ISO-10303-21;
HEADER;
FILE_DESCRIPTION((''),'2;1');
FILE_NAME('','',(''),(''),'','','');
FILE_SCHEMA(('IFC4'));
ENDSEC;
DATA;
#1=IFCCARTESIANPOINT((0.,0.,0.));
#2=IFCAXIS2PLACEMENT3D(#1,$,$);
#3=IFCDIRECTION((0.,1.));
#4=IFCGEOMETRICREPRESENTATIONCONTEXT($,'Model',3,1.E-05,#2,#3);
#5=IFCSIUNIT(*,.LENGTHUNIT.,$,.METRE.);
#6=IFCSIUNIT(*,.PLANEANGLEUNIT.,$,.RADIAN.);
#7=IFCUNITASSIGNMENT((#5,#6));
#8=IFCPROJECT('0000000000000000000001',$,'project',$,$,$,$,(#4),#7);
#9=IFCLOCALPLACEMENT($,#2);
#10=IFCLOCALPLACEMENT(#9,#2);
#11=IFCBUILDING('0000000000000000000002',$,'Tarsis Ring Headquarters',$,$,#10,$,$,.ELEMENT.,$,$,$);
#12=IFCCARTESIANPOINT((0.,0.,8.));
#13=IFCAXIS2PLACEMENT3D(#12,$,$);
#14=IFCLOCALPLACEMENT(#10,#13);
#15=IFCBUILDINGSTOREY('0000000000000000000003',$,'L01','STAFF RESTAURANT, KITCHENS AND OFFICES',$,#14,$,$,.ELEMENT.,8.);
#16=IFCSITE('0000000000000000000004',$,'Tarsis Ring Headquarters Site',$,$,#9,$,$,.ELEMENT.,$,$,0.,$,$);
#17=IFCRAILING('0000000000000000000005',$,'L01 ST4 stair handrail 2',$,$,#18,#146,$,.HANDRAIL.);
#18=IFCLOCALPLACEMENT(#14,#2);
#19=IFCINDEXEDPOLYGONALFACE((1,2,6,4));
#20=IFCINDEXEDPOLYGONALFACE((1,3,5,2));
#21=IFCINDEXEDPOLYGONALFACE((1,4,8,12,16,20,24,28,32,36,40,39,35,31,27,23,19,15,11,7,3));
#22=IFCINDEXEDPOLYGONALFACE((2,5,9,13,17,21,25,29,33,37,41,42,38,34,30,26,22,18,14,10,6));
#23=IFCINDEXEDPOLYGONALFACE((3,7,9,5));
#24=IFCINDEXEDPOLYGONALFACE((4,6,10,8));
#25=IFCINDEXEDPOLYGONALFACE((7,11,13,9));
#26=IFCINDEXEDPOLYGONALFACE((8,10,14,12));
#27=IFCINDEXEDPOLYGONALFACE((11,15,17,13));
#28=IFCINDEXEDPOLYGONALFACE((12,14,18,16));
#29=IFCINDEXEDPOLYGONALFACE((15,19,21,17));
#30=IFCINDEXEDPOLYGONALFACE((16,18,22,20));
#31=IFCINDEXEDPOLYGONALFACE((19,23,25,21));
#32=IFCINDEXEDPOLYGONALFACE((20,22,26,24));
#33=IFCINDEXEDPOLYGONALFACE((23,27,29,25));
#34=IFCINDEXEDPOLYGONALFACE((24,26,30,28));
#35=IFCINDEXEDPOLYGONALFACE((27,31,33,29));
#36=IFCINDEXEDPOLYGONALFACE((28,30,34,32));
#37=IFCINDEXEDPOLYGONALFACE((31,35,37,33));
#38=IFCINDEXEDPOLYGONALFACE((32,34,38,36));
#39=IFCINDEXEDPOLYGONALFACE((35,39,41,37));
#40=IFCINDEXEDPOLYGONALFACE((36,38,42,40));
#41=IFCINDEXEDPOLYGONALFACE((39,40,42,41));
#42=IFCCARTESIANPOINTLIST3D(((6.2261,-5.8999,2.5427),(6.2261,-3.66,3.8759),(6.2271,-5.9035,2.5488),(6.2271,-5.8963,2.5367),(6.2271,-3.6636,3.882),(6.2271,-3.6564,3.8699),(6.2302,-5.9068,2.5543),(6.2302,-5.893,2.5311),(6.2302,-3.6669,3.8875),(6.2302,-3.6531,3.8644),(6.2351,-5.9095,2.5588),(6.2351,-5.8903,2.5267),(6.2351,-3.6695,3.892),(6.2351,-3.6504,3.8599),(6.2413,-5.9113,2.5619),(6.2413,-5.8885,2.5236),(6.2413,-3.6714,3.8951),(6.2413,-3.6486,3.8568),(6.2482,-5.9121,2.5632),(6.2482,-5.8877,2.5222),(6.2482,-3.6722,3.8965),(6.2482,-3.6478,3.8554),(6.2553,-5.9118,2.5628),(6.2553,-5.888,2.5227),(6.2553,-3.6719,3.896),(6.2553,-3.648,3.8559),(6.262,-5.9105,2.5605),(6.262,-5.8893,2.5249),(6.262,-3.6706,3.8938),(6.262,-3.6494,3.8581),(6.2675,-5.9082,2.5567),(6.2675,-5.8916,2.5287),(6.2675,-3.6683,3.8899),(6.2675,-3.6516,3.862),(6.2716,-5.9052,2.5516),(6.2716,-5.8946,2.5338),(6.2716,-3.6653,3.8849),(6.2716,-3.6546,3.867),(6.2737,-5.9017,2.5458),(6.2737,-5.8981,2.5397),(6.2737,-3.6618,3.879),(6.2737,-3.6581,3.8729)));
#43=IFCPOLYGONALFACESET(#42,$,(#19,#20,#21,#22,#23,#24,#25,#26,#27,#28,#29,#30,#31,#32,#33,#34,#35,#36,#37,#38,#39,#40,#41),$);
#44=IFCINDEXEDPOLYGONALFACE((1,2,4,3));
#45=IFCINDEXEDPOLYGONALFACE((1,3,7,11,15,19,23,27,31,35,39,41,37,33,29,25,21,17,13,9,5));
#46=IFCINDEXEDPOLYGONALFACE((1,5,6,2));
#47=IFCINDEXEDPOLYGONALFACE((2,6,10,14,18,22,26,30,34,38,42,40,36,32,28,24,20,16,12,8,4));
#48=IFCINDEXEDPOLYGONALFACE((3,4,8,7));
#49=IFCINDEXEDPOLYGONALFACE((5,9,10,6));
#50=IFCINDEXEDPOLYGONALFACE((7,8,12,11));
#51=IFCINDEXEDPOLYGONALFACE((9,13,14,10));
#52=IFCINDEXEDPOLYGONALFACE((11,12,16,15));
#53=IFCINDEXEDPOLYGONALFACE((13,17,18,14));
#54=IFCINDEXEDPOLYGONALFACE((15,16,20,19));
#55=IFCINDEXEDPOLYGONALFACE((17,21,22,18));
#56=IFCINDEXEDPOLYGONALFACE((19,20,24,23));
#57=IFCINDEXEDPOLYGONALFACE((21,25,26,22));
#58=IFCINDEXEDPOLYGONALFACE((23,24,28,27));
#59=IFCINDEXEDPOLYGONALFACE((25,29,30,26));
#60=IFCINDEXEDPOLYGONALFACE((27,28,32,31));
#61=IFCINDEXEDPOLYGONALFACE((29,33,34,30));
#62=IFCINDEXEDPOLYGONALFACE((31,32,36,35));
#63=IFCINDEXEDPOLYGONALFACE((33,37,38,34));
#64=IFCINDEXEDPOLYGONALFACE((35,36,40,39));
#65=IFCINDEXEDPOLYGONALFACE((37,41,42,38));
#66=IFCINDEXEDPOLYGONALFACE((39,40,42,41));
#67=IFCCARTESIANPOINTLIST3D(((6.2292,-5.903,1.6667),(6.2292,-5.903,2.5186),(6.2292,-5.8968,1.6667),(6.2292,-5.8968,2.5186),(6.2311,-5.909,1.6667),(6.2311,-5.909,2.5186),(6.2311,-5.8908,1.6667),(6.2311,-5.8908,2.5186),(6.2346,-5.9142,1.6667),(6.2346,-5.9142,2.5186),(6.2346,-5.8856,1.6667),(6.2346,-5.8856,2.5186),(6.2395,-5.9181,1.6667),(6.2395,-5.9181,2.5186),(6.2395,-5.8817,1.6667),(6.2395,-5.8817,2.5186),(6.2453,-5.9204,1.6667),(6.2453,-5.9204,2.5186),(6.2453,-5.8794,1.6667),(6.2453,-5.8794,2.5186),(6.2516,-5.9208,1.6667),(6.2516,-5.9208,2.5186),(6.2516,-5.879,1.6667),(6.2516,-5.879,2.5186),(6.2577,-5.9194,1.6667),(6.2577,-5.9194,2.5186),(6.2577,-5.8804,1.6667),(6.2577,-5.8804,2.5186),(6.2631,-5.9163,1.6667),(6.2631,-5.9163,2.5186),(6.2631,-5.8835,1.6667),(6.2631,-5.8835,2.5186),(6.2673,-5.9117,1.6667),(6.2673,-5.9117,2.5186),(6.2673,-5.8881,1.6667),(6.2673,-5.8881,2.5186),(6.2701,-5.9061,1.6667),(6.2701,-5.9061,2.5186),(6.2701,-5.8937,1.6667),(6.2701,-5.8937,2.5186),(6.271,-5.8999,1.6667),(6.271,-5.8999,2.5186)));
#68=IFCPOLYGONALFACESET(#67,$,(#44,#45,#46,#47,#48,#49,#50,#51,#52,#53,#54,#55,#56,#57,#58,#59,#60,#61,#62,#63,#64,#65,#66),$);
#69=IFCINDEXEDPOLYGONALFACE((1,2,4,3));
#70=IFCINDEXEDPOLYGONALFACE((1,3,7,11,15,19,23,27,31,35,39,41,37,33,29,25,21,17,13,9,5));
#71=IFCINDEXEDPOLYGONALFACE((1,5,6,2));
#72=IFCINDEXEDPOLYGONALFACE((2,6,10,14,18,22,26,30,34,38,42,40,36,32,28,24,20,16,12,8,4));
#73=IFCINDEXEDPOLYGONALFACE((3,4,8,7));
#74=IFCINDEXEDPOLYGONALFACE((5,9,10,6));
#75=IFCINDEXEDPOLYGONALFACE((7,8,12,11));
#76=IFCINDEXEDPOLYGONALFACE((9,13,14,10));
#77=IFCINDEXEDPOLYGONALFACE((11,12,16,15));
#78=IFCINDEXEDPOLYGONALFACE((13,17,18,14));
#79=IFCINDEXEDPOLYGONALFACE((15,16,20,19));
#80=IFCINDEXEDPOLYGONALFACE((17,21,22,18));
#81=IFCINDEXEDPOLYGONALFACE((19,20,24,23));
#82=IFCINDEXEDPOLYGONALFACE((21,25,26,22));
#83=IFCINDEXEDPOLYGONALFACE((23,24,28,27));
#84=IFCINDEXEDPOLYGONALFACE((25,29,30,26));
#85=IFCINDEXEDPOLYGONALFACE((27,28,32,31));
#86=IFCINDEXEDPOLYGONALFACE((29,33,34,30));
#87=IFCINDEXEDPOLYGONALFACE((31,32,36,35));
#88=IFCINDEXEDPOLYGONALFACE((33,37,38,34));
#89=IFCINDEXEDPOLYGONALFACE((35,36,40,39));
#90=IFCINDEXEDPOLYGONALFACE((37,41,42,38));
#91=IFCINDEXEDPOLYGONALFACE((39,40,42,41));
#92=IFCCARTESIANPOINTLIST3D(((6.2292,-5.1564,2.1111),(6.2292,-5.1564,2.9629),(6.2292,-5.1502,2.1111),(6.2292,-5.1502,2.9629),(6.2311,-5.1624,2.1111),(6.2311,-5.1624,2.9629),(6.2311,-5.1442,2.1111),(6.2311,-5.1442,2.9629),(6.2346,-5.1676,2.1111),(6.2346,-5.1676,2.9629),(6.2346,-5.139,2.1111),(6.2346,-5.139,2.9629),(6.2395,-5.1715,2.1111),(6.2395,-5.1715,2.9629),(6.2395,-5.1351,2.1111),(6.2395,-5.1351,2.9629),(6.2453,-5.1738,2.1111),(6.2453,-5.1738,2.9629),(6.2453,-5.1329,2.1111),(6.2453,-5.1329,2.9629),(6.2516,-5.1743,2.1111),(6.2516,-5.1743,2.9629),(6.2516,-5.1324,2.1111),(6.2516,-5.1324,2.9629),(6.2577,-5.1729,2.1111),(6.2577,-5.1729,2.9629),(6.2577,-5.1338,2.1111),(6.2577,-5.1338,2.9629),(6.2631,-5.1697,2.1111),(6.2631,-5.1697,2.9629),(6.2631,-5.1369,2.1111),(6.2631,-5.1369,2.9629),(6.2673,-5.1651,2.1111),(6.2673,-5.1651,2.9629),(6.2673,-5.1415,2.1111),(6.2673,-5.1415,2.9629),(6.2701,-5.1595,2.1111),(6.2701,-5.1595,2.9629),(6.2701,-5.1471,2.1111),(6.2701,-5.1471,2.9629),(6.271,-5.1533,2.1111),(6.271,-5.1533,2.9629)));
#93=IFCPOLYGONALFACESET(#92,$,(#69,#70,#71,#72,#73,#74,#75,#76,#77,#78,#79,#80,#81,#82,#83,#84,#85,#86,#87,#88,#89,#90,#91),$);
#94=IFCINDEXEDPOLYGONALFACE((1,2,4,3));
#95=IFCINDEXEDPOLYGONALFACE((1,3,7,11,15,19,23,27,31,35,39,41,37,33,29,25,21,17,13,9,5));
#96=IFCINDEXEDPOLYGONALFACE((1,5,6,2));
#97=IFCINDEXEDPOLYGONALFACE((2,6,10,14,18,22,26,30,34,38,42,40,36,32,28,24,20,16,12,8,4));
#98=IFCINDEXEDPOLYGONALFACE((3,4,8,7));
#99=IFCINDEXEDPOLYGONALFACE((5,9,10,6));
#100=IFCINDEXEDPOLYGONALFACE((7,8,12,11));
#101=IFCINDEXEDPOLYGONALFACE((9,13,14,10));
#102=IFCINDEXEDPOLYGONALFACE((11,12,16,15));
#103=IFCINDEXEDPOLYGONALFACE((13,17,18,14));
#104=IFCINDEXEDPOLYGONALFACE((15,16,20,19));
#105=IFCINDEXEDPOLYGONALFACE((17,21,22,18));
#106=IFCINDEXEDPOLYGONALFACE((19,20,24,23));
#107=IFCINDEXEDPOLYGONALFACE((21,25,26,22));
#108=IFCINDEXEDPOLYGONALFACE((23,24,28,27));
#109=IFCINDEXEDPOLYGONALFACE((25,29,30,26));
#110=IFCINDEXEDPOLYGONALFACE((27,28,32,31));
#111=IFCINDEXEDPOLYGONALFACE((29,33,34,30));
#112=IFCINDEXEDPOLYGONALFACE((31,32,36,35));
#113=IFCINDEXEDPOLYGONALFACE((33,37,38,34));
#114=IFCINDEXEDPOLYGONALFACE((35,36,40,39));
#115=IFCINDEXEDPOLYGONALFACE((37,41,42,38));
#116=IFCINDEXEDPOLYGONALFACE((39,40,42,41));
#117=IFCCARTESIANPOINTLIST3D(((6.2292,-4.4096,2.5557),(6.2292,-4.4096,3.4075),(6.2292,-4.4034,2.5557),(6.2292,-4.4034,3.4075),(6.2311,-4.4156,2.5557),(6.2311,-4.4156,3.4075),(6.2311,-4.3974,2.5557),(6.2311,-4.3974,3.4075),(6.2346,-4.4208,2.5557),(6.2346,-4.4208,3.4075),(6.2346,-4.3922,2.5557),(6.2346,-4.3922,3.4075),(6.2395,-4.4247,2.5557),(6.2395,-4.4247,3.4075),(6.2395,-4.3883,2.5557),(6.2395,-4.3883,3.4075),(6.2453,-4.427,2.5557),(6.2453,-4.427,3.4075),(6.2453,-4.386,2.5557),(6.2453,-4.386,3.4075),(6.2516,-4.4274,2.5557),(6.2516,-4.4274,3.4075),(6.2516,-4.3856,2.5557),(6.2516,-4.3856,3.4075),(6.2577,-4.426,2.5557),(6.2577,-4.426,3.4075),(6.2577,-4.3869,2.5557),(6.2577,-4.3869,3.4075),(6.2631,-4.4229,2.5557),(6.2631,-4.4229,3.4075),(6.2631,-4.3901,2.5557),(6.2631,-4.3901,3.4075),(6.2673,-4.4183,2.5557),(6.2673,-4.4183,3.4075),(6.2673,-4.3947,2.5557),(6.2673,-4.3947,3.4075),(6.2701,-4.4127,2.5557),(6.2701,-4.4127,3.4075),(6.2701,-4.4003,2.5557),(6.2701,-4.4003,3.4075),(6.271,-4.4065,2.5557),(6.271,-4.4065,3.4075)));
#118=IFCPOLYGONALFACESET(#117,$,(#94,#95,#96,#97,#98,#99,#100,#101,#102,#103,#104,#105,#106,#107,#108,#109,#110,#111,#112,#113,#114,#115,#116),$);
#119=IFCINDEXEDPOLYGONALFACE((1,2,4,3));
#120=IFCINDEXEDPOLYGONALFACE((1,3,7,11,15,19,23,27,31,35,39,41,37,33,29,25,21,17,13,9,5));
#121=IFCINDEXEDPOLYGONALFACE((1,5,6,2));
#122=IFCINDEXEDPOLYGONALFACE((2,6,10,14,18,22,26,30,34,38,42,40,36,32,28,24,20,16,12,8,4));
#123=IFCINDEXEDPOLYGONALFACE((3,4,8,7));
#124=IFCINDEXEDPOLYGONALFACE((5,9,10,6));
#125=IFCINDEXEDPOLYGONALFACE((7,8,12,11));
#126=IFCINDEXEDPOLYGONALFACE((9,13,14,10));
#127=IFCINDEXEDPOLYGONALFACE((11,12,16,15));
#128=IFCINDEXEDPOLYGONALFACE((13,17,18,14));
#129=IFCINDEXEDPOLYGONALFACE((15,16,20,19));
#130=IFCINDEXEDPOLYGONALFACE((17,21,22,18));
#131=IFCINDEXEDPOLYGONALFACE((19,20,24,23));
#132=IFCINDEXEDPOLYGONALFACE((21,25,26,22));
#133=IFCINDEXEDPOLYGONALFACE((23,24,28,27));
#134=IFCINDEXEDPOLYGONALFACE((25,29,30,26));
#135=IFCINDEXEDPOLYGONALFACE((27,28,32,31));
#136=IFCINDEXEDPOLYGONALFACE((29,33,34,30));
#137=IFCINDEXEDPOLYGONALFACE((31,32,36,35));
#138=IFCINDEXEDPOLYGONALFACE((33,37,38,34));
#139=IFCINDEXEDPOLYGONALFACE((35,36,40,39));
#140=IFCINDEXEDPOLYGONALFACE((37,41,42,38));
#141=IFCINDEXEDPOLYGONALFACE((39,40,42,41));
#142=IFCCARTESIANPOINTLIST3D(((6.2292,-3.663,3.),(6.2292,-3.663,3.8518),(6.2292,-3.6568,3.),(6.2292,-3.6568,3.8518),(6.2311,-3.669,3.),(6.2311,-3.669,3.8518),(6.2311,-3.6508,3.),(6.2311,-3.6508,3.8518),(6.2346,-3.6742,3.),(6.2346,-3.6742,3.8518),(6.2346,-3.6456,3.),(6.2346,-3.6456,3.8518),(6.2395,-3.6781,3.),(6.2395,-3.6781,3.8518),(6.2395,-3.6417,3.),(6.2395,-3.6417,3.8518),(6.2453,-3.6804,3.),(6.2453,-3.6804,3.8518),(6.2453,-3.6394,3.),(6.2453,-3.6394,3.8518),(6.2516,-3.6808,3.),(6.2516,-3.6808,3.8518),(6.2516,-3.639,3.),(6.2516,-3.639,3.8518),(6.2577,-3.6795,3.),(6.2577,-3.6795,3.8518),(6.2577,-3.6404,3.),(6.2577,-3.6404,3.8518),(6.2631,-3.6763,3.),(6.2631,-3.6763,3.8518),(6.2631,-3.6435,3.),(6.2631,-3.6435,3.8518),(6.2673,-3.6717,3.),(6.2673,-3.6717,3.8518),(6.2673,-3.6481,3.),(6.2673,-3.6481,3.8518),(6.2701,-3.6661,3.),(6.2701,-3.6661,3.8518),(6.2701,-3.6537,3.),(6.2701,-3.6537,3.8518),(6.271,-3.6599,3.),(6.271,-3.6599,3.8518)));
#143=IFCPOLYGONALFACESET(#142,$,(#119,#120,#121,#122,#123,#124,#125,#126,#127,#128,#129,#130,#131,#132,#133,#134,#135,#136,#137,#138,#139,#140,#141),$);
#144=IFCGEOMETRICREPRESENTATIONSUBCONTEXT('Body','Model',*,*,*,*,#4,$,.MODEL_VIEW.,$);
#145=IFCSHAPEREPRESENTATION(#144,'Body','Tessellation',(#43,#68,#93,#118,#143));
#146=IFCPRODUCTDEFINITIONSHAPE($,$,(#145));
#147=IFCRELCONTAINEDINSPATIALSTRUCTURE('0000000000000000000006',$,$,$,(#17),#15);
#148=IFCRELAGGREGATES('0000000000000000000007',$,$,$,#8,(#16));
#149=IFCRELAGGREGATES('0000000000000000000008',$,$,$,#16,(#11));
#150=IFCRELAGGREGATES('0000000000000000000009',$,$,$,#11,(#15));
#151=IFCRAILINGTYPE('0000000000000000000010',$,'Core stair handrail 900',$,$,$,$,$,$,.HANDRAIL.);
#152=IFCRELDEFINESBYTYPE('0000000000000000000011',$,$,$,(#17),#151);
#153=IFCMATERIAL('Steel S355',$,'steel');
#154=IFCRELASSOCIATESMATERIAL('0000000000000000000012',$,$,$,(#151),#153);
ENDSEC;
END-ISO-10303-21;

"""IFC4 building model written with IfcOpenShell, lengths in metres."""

from ifc_helpers import new_model, si_unit, direction, frame, origin, origin_2d, place, context, subcontext, project, spatial, circle, extrude, material, type_object, element, save


model = new_model("IFC4")

# Units and contexts
model_context = context("Model", 3, precision=1e-05, world=origin(), true_north=direction((0.0, 1.0)))
body_context = subcontext(model_context, "Body", "Model", "MODEL_VIEW")
ifc_project = project(units=[si_unit("LENGTHUNIT", "METRE"), si_unit("PLANEANGLEUNIT", "RADIAN")], contexts=[model_context])

# Site, building, storey
site_placement = place(None, origin())
site = spatial("IfcSite", under=ifc_project, at=site_placement, Name="Tarsis Ring Headquarters Site", CompositionType="ELEMENT", RefElevation=0.0)
building_placement = place(site_placement, origin())
building = spatial("IfcBuilding", under=site, at=building_placement, Name="Tarsis Ring Headquarters", CompositionType="ELEMENT")
storey_placement = place(building_placement, frame((0.0, 0.0, 8.0)))
storey = spatial("IfcBuildingStorey", under=building, at=storey_placement, Name="L01", Description="STAFF RESTAURANT, KITCHENS AND OFFICES", CompositionType="ELEMENT", Elevation=8.0)

# Railing
ifc_material_1 = material(Name="Steel S355", Category="steel")
railing_type_1 = type_object("IfcRailingType", Name="Core stair handrail 900", PredefinedType="HANDRAIL", material=ifc_material_1)
for number, where, name in (
    (1, (6.25, -5.8999, 1.6667), "L01 ST4 stair handrail 2"),
):
    element("IfcRailing", number, at=place(storey_placement, frame(where)), inside=storey, type_object=railing_type_1, Name=name, PredefinedType="HANDRAIL", context=body_context, shape_type="SweptSolid", body=[
        extrude(circle(Radius=0.0239, at=origin_2d()), frame((0.0, 0.0, 0.876), z_axis=(0.0, 0.859306, 0.511462), x_axis=(-1.0, 0.0, 0.0)), (0.0, 0.0, 1.0), 2.6067),
        extrude(circle(Radius=0.021, at=origin_2d()), origin(), (0.0, 0.0, 1.0), 0.8518),
        extrude(circle(Radius=0.021, at=origin_2d()), frame((0.0, 0.7466, 0.4443)), (0.0, 0.0, 1.0), 0.8518),
        extrude(circle(Radius=0.021, at=origin_2d()), frame((0.0, 1.4934, 0.8889)), (0.0, 0.0, 1.0), 0.8518),
        extrude(circle(Radius=0.021, at=origin_2d()), frame((0.0, 2.24, 1.3333)), (0.0, 0.0, 1.0), 0.8518),
    ])

save(model, "model.ifc")
